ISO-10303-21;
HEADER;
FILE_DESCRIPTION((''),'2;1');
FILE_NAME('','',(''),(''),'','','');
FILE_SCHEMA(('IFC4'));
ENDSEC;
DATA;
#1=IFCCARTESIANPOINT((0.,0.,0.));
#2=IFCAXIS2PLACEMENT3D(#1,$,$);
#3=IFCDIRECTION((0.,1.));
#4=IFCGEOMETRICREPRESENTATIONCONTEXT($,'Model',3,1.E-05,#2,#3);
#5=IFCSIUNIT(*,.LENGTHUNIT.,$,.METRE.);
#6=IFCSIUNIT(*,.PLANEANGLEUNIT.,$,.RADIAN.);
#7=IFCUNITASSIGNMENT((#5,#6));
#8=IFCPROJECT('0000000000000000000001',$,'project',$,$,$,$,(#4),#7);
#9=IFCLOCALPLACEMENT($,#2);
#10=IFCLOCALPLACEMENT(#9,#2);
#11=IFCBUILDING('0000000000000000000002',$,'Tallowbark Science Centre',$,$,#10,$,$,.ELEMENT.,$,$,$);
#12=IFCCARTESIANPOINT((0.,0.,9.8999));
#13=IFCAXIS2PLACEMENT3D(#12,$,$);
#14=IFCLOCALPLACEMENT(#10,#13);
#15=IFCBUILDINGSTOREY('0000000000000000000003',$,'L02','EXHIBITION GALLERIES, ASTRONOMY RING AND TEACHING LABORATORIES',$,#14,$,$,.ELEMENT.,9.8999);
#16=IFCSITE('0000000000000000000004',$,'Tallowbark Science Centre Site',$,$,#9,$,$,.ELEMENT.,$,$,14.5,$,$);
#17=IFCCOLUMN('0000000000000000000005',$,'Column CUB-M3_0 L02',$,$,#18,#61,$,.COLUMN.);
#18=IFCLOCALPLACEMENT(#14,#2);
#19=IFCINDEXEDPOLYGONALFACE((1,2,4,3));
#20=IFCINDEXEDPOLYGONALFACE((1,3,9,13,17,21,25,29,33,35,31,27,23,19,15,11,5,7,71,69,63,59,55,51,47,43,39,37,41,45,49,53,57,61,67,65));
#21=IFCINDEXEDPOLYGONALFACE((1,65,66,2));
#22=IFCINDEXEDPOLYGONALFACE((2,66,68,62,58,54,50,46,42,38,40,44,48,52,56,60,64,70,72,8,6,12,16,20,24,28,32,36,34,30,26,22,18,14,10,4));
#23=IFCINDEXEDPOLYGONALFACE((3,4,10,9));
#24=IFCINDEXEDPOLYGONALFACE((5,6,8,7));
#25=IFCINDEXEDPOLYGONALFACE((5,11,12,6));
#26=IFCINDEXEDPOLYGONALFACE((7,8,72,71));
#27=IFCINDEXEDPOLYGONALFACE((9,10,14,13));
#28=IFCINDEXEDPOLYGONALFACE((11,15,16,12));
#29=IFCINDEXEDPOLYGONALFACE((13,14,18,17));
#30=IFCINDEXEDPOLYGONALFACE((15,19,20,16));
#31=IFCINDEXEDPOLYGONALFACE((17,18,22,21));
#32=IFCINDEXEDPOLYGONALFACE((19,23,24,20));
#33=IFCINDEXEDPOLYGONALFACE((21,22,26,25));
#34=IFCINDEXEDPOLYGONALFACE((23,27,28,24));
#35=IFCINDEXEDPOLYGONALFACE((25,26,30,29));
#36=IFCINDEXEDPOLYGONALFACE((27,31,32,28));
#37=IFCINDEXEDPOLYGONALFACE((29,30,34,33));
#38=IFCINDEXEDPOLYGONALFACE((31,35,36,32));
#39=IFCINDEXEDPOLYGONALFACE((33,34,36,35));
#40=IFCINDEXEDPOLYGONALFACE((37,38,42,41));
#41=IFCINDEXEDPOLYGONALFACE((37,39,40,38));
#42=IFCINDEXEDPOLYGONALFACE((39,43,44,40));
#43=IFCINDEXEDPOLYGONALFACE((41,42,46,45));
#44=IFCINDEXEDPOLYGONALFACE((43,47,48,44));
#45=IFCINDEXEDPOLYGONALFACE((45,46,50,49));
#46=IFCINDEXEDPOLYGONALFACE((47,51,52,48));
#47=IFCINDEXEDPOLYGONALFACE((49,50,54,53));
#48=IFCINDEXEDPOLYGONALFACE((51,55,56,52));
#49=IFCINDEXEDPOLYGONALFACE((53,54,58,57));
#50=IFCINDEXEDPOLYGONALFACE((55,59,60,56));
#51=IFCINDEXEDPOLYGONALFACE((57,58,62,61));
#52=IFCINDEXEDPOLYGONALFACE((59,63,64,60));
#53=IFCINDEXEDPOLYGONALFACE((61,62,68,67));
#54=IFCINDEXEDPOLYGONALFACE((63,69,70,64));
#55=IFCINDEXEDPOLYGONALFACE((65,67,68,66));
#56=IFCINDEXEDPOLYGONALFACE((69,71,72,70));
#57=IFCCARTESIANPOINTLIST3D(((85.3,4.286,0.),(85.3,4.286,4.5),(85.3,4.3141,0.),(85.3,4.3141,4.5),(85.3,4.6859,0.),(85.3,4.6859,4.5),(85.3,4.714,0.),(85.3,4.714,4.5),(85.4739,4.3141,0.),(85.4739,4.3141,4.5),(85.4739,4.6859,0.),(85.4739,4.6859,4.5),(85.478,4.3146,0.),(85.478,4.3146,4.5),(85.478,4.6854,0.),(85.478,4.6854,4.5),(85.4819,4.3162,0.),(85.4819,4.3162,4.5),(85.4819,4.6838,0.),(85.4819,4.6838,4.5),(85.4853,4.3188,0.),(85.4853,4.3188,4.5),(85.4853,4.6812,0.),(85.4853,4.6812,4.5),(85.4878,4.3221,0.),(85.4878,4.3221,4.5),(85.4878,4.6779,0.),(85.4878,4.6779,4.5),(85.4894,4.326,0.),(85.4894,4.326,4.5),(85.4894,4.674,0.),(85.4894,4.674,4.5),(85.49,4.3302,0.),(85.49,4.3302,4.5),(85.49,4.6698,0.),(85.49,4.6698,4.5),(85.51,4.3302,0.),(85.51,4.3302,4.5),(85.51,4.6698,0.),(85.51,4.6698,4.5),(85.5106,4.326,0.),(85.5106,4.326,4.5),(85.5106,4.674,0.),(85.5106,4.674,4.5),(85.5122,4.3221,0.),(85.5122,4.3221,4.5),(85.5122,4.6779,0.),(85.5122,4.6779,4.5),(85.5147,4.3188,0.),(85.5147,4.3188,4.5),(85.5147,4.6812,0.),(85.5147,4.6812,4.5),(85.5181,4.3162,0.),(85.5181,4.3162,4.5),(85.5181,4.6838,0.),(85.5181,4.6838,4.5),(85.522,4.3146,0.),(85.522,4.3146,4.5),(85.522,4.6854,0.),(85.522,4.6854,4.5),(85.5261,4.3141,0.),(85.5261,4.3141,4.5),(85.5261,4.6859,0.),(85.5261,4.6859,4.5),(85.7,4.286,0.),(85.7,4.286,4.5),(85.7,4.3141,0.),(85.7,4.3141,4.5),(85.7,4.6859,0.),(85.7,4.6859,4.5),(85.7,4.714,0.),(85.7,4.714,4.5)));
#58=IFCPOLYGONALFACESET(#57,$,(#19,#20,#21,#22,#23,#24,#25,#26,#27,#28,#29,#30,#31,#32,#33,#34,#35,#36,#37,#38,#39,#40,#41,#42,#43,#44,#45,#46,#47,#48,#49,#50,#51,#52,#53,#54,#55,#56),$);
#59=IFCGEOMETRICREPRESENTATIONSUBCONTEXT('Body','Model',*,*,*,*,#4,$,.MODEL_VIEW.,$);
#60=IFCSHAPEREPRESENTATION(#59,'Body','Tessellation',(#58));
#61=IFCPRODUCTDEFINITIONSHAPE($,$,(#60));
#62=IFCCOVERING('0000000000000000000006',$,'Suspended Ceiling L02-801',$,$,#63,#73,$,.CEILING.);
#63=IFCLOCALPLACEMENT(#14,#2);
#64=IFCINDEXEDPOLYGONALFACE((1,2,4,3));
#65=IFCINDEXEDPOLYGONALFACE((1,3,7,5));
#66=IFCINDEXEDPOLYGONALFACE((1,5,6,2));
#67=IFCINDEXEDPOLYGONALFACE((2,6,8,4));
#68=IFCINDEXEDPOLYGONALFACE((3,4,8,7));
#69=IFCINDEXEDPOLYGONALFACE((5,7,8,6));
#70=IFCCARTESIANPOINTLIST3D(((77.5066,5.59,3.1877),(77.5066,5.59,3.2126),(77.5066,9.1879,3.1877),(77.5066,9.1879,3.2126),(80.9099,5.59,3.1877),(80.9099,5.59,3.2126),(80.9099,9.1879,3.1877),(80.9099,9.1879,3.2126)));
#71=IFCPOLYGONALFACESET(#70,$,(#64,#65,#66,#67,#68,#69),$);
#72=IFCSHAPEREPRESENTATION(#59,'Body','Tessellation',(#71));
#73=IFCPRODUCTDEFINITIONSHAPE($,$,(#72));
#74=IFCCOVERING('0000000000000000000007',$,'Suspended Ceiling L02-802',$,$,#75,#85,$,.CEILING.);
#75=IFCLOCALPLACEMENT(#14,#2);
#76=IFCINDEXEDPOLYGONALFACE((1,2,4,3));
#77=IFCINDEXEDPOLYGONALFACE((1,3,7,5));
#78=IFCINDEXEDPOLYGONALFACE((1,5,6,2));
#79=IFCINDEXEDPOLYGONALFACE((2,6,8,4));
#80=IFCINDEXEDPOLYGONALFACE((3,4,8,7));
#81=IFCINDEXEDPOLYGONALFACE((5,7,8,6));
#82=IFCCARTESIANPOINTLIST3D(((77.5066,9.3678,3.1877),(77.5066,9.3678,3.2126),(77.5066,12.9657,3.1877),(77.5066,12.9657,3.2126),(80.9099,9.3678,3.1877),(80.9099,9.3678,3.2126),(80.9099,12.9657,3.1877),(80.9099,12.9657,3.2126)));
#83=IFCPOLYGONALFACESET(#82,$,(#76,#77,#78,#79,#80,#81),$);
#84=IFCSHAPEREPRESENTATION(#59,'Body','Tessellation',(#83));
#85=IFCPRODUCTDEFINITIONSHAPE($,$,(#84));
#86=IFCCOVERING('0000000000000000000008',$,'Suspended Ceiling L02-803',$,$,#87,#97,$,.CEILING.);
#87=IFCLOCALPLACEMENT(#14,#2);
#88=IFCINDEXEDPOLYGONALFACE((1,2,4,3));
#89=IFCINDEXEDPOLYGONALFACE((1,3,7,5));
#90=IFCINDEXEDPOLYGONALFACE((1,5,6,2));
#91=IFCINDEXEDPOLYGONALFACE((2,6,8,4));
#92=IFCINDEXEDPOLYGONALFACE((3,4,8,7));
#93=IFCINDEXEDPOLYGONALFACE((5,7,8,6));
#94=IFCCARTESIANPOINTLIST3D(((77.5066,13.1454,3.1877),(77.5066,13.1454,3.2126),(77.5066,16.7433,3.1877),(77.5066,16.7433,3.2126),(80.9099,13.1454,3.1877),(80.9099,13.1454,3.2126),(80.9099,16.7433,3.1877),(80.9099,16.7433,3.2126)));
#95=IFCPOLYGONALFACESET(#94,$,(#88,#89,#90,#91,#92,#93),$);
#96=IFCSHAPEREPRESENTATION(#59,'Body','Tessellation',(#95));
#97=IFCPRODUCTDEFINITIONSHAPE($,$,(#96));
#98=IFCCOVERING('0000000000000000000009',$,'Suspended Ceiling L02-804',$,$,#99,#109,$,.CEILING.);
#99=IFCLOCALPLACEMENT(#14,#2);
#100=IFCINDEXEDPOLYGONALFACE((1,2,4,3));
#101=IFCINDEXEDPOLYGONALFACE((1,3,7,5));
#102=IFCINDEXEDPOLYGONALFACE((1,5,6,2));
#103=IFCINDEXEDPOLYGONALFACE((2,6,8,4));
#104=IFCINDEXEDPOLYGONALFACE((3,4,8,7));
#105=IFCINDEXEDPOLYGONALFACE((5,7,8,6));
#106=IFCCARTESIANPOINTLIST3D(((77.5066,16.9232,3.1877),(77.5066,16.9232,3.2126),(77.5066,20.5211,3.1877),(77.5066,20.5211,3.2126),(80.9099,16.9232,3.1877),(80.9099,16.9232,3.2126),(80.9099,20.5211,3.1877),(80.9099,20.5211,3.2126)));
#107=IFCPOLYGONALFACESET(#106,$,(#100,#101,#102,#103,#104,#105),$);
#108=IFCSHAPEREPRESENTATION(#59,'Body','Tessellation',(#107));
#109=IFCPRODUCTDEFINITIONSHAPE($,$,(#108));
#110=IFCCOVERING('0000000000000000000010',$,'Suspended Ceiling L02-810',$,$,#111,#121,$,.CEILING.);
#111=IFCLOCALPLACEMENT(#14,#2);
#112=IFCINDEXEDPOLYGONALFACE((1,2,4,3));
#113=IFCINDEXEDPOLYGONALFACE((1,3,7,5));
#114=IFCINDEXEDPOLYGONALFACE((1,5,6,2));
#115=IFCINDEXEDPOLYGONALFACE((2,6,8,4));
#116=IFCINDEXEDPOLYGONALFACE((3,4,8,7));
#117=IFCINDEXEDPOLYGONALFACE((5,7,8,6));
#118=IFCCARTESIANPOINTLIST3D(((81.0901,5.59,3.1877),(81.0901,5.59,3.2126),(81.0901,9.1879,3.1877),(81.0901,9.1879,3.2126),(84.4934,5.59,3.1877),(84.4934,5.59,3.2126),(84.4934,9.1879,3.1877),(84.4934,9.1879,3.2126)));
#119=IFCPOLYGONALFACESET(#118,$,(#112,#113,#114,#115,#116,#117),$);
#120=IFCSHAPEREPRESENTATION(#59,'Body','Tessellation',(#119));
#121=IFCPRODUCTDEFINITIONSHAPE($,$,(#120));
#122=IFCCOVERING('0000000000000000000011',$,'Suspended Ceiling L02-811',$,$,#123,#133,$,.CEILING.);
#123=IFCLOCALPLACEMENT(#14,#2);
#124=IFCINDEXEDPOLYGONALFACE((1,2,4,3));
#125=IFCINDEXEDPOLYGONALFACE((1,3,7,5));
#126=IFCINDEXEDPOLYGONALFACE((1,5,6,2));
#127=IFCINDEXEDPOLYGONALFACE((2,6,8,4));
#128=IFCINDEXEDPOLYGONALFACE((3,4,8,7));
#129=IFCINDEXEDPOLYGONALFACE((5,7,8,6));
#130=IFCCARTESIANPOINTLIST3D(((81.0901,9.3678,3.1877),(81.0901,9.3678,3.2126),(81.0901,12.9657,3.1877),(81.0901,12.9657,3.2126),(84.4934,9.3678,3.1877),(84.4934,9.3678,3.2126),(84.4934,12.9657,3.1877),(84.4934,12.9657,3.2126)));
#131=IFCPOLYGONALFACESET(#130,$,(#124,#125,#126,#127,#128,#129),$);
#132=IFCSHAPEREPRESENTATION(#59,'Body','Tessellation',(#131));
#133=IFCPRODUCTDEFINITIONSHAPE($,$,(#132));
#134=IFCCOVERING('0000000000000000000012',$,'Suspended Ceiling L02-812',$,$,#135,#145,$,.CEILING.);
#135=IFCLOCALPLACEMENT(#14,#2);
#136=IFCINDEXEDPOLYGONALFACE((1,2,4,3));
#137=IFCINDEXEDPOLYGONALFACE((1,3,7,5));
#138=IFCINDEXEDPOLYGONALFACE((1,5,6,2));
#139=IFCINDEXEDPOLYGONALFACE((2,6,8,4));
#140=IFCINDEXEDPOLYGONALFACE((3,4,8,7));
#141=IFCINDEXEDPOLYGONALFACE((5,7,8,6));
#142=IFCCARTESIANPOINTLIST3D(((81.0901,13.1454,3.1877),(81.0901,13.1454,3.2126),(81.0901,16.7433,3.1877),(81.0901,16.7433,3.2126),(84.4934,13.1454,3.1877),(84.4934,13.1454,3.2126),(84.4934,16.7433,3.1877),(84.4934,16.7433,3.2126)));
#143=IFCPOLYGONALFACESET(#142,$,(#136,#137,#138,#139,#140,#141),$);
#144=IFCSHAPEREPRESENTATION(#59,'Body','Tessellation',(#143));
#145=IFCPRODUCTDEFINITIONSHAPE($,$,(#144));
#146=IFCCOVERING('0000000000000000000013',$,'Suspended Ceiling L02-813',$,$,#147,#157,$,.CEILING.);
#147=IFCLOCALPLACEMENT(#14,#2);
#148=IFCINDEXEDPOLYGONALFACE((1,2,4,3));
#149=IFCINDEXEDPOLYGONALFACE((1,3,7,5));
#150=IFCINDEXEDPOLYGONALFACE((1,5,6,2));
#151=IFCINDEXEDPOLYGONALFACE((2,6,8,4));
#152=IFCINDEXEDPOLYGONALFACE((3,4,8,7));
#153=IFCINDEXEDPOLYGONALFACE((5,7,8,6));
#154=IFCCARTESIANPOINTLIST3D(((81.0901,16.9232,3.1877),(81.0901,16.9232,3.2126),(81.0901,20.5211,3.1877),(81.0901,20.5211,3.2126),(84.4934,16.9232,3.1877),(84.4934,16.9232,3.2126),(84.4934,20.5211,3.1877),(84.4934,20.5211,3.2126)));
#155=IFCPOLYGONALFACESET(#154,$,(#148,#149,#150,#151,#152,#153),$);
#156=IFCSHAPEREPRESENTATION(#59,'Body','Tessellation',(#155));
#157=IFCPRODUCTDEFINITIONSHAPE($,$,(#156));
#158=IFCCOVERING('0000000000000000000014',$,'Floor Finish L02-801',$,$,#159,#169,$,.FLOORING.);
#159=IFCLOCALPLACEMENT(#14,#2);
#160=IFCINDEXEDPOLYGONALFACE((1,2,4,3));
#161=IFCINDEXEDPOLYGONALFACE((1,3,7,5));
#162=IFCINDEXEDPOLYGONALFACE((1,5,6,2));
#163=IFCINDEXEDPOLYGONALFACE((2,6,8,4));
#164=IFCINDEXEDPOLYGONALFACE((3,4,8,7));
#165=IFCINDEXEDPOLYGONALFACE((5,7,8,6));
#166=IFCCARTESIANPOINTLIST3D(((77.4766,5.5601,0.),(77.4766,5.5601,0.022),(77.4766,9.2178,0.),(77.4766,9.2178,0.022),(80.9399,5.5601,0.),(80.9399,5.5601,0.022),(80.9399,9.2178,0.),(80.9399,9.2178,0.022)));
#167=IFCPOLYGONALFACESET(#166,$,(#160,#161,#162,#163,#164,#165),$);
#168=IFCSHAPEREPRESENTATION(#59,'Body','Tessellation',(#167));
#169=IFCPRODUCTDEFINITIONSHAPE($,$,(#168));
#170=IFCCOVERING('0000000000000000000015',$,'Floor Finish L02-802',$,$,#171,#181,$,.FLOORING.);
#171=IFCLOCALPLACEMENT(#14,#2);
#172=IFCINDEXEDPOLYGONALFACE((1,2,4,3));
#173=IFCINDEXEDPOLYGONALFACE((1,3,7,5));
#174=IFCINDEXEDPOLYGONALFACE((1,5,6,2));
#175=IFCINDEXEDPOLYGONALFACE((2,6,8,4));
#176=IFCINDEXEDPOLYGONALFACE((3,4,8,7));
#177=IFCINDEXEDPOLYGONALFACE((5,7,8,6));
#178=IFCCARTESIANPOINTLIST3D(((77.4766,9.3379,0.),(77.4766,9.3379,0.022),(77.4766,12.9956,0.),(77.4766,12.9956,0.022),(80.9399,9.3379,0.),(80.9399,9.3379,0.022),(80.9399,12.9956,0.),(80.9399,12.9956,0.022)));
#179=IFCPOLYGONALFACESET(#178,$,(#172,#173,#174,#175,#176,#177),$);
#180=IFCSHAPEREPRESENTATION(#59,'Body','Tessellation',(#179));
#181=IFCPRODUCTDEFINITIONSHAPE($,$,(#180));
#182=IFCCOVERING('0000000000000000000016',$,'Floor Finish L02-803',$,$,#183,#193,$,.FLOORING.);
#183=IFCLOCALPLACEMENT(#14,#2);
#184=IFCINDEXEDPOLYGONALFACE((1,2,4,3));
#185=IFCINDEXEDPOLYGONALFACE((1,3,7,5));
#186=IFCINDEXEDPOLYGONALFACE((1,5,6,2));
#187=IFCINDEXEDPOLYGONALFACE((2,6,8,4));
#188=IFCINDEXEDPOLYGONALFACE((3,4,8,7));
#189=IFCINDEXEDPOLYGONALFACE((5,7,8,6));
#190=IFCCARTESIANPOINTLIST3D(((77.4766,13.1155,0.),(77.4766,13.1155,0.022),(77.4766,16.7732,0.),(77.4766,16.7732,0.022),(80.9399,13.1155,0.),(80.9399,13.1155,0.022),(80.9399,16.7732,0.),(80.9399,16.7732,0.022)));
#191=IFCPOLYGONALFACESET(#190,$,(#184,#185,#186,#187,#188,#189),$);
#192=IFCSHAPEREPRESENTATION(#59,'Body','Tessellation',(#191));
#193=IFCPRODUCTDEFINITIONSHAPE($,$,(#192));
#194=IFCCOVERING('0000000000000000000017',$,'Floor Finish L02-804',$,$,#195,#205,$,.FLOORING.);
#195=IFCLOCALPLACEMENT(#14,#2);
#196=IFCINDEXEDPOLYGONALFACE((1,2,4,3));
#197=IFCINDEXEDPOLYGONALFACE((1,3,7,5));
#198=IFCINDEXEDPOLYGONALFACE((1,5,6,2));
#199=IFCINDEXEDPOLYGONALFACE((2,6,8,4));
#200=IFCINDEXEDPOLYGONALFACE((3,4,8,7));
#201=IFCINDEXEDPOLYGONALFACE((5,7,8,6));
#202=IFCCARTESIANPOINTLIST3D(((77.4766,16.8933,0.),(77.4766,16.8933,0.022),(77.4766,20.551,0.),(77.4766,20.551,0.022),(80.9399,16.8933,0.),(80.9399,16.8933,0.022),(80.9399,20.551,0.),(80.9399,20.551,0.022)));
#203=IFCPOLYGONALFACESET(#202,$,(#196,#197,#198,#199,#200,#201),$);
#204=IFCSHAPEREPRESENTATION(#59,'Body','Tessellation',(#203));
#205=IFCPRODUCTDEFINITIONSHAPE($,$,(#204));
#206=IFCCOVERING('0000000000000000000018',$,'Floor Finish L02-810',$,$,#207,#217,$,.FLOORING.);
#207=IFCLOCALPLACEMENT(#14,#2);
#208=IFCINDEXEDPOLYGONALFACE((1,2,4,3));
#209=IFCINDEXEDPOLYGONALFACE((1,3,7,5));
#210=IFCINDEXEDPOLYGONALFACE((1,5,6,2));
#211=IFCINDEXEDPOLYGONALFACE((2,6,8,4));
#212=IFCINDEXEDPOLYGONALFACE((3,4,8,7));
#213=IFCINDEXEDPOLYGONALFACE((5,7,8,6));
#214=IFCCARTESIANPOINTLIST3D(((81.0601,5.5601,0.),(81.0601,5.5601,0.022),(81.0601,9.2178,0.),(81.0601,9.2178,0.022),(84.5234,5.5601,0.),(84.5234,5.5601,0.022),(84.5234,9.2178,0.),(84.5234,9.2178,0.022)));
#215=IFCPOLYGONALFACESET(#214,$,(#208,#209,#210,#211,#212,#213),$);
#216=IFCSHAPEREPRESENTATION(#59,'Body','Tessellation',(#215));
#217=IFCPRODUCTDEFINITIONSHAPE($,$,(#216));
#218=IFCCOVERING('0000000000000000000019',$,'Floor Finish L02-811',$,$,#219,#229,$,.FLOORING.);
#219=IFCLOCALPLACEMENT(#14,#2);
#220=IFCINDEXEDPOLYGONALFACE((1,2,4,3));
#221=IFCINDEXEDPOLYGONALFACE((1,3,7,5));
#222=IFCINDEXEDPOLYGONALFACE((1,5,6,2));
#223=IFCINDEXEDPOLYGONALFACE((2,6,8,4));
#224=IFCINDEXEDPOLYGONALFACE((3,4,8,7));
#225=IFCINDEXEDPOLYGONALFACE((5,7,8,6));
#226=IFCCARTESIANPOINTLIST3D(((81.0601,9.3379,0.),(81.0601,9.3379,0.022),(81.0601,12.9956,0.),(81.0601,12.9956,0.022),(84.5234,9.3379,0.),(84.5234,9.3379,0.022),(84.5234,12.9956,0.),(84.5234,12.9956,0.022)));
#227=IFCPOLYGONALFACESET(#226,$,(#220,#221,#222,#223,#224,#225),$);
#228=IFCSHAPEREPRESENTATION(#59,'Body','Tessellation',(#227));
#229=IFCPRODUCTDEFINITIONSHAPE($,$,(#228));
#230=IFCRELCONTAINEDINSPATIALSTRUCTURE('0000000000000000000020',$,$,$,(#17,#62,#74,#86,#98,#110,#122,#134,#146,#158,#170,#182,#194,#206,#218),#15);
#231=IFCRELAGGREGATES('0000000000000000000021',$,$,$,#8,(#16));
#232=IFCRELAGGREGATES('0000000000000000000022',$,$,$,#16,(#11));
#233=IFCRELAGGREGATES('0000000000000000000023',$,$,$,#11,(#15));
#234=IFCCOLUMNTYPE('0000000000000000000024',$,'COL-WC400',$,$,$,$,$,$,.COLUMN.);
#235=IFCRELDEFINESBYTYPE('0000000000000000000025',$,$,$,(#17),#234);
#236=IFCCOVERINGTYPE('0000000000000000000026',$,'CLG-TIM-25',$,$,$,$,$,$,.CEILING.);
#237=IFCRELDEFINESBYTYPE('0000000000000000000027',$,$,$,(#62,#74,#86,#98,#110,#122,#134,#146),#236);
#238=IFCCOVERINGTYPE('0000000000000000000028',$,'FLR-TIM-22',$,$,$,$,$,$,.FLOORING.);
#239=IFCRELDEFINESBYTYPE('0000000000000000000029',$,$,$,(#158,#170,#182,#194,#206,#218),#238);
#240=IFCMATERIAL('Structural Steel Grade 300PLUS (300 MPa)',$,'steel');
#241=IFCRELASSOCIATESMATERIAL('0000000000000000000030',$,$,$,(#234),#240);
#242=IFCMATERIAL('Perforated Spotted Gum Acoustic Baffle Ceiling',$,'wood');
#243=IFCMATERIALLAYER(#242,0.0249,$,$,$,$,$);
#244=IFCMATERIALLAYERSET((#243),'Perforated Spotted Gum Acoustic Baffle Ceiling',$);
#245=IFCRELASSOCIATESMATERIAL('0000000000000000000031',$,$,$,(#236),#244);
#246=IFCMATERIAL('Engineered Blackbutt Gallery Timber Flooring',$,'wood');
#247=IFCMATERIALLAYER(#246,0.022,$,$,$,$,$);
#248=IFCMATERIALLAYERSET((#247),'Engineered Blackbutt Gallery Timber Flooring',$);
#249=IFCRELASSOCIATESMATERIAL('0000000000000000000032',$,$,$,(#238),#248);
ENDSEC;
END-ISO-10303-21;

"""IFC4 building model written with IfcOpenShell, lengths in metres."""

from ifc_helpers import new_model, si_unit, direction, frame, origin, origin_2d, place, context, subcontext, project, spatial, rectangle, i_section, extrude, material, layer, layer_set, material_profile, profile_set, type_object, element, save


model = new_model("IFC4")

# Units and contexts
model_context = context("Model", 3, precision=1e-05, world=origin(), true_north=direction((0.0, 1.0)))
body_context = subcontext(model_context, "Body", "Model", "MODEL_VIEW")
ifc_project = project(units=[si_unit("LENGTHUNIT", "METRE"), si_unit("PLANEANGLEUNIT", "RADIAN")], contexts=[model_context])

# Site, building, storey
site_placement = place(None, origin())
site = spatial("IfcSite", under=ifc_project, at=site_placement, Name="Tallowbark Science Centre Site", CompositionType="ELEMENT", RefElevation=14.5)
building_placement = place(site_placement, origin())
building = spatial("IfcBuilding", under=site, at=building_placement, Name="Tallowbark Science Centre", CompositionType="ELEMENT")
storey_placement = place(building_placement, frame((0.0, 0.0, 9.8999)))
storey = spatial("IfcBuildingStorey", under=building, at=storey_placement, Name="L02", Description="EXHIBITION GALLERIES, ASTRONOMY RING AND TEACHING LABORATORIES", CompositionType="ELEMENT", Elevation=9.8999)

# Column
ifc_material_1 = material(Name="Structural Steel Grade 300PLUS (300 MPa)", Category="steel")
ifc_material_profile = material_profile(ifc_material_1, i_section(OverallWidth=0.3999, OverallDepth=0.428, WebThickness=0.02, FlangeThickness=0.0281, FilletRadius=0.0161, at=origin_2d()), Name="400WC270")
ifc_profile_set = profile_set([ifc_material_profile], Name="Structural Steel Grade 300PLUS (300 MPa)")
column_type = type_object("IfcColumnType", Name="COL-WC400", PredefinedType="COLUMN", material=ifc_profile_set)
column_placement = place(storey_placement, frame((85.5, 4.5, 0.0), z_axis=(0.0, 0.0, 1.0), x_axis=(1.0, 0.0, 0.0)))
element("IfcColumn", 1, at=column_placement, inside=storey, type_object=column_type, Name="Column CUB-M3_0 L02", PredefinedType="COLUMN", context=body_context, shape_type="SweptSolid", body=[
    extrude(i_section(OverallWidth=0.3999, OverallDepth=0.428, WebThickness=0.02, FlangeThickness=0.0281, FilletRadius=0.0161, at=origin_2d()), origin(), (0.0, 0.0, 1.0), 4.5),
])

# Coverings
ifc_material_2 = material(Name="Perforated Spotted Gum Acoustic Baffle Ceiling", Category="wood")
ifc_layer_1 = layer(ifc_material_2, 0.0249)
ifc_layer_set_1 = layer_set([ifc_layer_1], Name="Perforated Spotted Gum Acoustic Baffle Ceiling")
covering_type_1 = type_object("IfcCoveringType", Name="CLG-TIM-25", PredefinedType="CEILING", material=ifc_layer_set_1)
for number, where, z_axis, x_axis, name in (
    (2, (79.2083, 7.3889, 3.1877), (0.0, 0.0, 1.0), (1.0, 0.0, 0.0), "Suspended Ceiling L02-801"),
    (3, (79.2083, 11.1667, 3.1877), (0.0, 0.0, 1.0), (1.0, 0.0, 0.0), "Suspended Ceiling L02-802"),
    (4, (79.2083, 14.9443, 3.1877), (0.0, 0.0, 1.0), (1.0, 0.0, 0.0), "Suspended Ceiling L02-803"),
    (5, (79.2083, 18.7222, 3.1877), (0.0, 0.0, 1.0), (1.0, 0.0, 0.0), "Suspended Ceiling L02-804"),
    (6, (82.7917, 7.3889, 3.1877), (0.0, 0.0, 1.0), (1.0, 0.0, 0.0), "Suspended Ceiling L02-810"),
    (7, (82.7917, 11.1667, 3.1877), (0.0, 0.0, 1.0), (1.0, 0.0, 0.0), "Suspended Ceiling L02-811"),
    (8, (82.7917, 14.9443, 3.1877), (0.0, 0.0, 1.0), (1.0, 0.0, 0.0), "Suspended Ceiling L02-812"),
    (9, (82.7917, 18.7222, 3.1877), (0.0, 0.0, 1.0), (1.0, 0.0, 0.0), "Suspended Ceiling L02-813"),
):
    element("IfcCovering", number, at=place(storey_placement, frame(where, z_axis=z_axis, x_axis=x_axis)), inside=storey, type_object=covering_type_1, Name=name, PredefinedType="CEILING", context=body_context, shape_type="SweptSolid", body=[
        extrude(rectangle(XDim=3.4033, YDim=3.5979, at=origin_2d()), origin(), (0.0, 0.0, 1.0), 0.0249),
    ])
ifc_material_3 = material(Name="Engineered Blackbutt Gallery Timber Flooring", Category="wood")
ifc_layer_2 = layer(ifc_material_3, 0.022)
ifc_layer_set_2 = layer_set([ifc_layer_2], Name="Engineered Blackbutt Gallery Timber Flooring")
covering_type_2 = type_object("IfcCoveringType", Name="FLR-TIM-22", PredefinedType="FLOORING", material=ifc_layer_set_2)
for number, where, z_axis, x_axis, name in (
    (10, (79.2083, 7.3889, 0.0), (0.0, 0.0, 1.0), (1.0, 0.0, 0.0), "Floor Finish L02-801"),
    (11, (79.2083, 11.1667, 0.0), (0.0, 0.0, 1.0), (1.0, 0.0, 0.0), "Floor Finish L02-802"),
    (12, (79.2083, 14.9443, 0.0), (0.0, 0.0, 1.0), (1.0, 0.0, 0.0), "Floor Finish L02-803"),
    (13, (79.2083, 18.7222, 0.0), (0.0, 0.0, 1.0), (1.0, 0.0, 0.0), "Floor Finish L02-804"),
    (14, (82.7917, 7.3889, 0.0), (0.0, 0.0, 1.0), (1.0, 0.0, 0.0), "Floor Finish L02-810"),
    (15, (82.7917, 11.1667, 0.0), (0.0, 0.0, 1.0), (1.0, 0.0, 0.0), "Floor Finish L02-811"),
):
    element("IfcCovering", number, at=place(storey_placement, frame(where, z_axis=z_axis, x_axis=x_axis)), inside=storey, type_object=covering_type_2, Name=name, PredefinedType="FLOORING", context=body_context, shape_type="SweptSolid", body=[
        extrude(rectangle(XDim=3.4634, YDim=3.6577, at=origin_2d()), origin(), (0.0, 0.0, 1.0), 0.022),
    ])

save(model, "model.ifc")
